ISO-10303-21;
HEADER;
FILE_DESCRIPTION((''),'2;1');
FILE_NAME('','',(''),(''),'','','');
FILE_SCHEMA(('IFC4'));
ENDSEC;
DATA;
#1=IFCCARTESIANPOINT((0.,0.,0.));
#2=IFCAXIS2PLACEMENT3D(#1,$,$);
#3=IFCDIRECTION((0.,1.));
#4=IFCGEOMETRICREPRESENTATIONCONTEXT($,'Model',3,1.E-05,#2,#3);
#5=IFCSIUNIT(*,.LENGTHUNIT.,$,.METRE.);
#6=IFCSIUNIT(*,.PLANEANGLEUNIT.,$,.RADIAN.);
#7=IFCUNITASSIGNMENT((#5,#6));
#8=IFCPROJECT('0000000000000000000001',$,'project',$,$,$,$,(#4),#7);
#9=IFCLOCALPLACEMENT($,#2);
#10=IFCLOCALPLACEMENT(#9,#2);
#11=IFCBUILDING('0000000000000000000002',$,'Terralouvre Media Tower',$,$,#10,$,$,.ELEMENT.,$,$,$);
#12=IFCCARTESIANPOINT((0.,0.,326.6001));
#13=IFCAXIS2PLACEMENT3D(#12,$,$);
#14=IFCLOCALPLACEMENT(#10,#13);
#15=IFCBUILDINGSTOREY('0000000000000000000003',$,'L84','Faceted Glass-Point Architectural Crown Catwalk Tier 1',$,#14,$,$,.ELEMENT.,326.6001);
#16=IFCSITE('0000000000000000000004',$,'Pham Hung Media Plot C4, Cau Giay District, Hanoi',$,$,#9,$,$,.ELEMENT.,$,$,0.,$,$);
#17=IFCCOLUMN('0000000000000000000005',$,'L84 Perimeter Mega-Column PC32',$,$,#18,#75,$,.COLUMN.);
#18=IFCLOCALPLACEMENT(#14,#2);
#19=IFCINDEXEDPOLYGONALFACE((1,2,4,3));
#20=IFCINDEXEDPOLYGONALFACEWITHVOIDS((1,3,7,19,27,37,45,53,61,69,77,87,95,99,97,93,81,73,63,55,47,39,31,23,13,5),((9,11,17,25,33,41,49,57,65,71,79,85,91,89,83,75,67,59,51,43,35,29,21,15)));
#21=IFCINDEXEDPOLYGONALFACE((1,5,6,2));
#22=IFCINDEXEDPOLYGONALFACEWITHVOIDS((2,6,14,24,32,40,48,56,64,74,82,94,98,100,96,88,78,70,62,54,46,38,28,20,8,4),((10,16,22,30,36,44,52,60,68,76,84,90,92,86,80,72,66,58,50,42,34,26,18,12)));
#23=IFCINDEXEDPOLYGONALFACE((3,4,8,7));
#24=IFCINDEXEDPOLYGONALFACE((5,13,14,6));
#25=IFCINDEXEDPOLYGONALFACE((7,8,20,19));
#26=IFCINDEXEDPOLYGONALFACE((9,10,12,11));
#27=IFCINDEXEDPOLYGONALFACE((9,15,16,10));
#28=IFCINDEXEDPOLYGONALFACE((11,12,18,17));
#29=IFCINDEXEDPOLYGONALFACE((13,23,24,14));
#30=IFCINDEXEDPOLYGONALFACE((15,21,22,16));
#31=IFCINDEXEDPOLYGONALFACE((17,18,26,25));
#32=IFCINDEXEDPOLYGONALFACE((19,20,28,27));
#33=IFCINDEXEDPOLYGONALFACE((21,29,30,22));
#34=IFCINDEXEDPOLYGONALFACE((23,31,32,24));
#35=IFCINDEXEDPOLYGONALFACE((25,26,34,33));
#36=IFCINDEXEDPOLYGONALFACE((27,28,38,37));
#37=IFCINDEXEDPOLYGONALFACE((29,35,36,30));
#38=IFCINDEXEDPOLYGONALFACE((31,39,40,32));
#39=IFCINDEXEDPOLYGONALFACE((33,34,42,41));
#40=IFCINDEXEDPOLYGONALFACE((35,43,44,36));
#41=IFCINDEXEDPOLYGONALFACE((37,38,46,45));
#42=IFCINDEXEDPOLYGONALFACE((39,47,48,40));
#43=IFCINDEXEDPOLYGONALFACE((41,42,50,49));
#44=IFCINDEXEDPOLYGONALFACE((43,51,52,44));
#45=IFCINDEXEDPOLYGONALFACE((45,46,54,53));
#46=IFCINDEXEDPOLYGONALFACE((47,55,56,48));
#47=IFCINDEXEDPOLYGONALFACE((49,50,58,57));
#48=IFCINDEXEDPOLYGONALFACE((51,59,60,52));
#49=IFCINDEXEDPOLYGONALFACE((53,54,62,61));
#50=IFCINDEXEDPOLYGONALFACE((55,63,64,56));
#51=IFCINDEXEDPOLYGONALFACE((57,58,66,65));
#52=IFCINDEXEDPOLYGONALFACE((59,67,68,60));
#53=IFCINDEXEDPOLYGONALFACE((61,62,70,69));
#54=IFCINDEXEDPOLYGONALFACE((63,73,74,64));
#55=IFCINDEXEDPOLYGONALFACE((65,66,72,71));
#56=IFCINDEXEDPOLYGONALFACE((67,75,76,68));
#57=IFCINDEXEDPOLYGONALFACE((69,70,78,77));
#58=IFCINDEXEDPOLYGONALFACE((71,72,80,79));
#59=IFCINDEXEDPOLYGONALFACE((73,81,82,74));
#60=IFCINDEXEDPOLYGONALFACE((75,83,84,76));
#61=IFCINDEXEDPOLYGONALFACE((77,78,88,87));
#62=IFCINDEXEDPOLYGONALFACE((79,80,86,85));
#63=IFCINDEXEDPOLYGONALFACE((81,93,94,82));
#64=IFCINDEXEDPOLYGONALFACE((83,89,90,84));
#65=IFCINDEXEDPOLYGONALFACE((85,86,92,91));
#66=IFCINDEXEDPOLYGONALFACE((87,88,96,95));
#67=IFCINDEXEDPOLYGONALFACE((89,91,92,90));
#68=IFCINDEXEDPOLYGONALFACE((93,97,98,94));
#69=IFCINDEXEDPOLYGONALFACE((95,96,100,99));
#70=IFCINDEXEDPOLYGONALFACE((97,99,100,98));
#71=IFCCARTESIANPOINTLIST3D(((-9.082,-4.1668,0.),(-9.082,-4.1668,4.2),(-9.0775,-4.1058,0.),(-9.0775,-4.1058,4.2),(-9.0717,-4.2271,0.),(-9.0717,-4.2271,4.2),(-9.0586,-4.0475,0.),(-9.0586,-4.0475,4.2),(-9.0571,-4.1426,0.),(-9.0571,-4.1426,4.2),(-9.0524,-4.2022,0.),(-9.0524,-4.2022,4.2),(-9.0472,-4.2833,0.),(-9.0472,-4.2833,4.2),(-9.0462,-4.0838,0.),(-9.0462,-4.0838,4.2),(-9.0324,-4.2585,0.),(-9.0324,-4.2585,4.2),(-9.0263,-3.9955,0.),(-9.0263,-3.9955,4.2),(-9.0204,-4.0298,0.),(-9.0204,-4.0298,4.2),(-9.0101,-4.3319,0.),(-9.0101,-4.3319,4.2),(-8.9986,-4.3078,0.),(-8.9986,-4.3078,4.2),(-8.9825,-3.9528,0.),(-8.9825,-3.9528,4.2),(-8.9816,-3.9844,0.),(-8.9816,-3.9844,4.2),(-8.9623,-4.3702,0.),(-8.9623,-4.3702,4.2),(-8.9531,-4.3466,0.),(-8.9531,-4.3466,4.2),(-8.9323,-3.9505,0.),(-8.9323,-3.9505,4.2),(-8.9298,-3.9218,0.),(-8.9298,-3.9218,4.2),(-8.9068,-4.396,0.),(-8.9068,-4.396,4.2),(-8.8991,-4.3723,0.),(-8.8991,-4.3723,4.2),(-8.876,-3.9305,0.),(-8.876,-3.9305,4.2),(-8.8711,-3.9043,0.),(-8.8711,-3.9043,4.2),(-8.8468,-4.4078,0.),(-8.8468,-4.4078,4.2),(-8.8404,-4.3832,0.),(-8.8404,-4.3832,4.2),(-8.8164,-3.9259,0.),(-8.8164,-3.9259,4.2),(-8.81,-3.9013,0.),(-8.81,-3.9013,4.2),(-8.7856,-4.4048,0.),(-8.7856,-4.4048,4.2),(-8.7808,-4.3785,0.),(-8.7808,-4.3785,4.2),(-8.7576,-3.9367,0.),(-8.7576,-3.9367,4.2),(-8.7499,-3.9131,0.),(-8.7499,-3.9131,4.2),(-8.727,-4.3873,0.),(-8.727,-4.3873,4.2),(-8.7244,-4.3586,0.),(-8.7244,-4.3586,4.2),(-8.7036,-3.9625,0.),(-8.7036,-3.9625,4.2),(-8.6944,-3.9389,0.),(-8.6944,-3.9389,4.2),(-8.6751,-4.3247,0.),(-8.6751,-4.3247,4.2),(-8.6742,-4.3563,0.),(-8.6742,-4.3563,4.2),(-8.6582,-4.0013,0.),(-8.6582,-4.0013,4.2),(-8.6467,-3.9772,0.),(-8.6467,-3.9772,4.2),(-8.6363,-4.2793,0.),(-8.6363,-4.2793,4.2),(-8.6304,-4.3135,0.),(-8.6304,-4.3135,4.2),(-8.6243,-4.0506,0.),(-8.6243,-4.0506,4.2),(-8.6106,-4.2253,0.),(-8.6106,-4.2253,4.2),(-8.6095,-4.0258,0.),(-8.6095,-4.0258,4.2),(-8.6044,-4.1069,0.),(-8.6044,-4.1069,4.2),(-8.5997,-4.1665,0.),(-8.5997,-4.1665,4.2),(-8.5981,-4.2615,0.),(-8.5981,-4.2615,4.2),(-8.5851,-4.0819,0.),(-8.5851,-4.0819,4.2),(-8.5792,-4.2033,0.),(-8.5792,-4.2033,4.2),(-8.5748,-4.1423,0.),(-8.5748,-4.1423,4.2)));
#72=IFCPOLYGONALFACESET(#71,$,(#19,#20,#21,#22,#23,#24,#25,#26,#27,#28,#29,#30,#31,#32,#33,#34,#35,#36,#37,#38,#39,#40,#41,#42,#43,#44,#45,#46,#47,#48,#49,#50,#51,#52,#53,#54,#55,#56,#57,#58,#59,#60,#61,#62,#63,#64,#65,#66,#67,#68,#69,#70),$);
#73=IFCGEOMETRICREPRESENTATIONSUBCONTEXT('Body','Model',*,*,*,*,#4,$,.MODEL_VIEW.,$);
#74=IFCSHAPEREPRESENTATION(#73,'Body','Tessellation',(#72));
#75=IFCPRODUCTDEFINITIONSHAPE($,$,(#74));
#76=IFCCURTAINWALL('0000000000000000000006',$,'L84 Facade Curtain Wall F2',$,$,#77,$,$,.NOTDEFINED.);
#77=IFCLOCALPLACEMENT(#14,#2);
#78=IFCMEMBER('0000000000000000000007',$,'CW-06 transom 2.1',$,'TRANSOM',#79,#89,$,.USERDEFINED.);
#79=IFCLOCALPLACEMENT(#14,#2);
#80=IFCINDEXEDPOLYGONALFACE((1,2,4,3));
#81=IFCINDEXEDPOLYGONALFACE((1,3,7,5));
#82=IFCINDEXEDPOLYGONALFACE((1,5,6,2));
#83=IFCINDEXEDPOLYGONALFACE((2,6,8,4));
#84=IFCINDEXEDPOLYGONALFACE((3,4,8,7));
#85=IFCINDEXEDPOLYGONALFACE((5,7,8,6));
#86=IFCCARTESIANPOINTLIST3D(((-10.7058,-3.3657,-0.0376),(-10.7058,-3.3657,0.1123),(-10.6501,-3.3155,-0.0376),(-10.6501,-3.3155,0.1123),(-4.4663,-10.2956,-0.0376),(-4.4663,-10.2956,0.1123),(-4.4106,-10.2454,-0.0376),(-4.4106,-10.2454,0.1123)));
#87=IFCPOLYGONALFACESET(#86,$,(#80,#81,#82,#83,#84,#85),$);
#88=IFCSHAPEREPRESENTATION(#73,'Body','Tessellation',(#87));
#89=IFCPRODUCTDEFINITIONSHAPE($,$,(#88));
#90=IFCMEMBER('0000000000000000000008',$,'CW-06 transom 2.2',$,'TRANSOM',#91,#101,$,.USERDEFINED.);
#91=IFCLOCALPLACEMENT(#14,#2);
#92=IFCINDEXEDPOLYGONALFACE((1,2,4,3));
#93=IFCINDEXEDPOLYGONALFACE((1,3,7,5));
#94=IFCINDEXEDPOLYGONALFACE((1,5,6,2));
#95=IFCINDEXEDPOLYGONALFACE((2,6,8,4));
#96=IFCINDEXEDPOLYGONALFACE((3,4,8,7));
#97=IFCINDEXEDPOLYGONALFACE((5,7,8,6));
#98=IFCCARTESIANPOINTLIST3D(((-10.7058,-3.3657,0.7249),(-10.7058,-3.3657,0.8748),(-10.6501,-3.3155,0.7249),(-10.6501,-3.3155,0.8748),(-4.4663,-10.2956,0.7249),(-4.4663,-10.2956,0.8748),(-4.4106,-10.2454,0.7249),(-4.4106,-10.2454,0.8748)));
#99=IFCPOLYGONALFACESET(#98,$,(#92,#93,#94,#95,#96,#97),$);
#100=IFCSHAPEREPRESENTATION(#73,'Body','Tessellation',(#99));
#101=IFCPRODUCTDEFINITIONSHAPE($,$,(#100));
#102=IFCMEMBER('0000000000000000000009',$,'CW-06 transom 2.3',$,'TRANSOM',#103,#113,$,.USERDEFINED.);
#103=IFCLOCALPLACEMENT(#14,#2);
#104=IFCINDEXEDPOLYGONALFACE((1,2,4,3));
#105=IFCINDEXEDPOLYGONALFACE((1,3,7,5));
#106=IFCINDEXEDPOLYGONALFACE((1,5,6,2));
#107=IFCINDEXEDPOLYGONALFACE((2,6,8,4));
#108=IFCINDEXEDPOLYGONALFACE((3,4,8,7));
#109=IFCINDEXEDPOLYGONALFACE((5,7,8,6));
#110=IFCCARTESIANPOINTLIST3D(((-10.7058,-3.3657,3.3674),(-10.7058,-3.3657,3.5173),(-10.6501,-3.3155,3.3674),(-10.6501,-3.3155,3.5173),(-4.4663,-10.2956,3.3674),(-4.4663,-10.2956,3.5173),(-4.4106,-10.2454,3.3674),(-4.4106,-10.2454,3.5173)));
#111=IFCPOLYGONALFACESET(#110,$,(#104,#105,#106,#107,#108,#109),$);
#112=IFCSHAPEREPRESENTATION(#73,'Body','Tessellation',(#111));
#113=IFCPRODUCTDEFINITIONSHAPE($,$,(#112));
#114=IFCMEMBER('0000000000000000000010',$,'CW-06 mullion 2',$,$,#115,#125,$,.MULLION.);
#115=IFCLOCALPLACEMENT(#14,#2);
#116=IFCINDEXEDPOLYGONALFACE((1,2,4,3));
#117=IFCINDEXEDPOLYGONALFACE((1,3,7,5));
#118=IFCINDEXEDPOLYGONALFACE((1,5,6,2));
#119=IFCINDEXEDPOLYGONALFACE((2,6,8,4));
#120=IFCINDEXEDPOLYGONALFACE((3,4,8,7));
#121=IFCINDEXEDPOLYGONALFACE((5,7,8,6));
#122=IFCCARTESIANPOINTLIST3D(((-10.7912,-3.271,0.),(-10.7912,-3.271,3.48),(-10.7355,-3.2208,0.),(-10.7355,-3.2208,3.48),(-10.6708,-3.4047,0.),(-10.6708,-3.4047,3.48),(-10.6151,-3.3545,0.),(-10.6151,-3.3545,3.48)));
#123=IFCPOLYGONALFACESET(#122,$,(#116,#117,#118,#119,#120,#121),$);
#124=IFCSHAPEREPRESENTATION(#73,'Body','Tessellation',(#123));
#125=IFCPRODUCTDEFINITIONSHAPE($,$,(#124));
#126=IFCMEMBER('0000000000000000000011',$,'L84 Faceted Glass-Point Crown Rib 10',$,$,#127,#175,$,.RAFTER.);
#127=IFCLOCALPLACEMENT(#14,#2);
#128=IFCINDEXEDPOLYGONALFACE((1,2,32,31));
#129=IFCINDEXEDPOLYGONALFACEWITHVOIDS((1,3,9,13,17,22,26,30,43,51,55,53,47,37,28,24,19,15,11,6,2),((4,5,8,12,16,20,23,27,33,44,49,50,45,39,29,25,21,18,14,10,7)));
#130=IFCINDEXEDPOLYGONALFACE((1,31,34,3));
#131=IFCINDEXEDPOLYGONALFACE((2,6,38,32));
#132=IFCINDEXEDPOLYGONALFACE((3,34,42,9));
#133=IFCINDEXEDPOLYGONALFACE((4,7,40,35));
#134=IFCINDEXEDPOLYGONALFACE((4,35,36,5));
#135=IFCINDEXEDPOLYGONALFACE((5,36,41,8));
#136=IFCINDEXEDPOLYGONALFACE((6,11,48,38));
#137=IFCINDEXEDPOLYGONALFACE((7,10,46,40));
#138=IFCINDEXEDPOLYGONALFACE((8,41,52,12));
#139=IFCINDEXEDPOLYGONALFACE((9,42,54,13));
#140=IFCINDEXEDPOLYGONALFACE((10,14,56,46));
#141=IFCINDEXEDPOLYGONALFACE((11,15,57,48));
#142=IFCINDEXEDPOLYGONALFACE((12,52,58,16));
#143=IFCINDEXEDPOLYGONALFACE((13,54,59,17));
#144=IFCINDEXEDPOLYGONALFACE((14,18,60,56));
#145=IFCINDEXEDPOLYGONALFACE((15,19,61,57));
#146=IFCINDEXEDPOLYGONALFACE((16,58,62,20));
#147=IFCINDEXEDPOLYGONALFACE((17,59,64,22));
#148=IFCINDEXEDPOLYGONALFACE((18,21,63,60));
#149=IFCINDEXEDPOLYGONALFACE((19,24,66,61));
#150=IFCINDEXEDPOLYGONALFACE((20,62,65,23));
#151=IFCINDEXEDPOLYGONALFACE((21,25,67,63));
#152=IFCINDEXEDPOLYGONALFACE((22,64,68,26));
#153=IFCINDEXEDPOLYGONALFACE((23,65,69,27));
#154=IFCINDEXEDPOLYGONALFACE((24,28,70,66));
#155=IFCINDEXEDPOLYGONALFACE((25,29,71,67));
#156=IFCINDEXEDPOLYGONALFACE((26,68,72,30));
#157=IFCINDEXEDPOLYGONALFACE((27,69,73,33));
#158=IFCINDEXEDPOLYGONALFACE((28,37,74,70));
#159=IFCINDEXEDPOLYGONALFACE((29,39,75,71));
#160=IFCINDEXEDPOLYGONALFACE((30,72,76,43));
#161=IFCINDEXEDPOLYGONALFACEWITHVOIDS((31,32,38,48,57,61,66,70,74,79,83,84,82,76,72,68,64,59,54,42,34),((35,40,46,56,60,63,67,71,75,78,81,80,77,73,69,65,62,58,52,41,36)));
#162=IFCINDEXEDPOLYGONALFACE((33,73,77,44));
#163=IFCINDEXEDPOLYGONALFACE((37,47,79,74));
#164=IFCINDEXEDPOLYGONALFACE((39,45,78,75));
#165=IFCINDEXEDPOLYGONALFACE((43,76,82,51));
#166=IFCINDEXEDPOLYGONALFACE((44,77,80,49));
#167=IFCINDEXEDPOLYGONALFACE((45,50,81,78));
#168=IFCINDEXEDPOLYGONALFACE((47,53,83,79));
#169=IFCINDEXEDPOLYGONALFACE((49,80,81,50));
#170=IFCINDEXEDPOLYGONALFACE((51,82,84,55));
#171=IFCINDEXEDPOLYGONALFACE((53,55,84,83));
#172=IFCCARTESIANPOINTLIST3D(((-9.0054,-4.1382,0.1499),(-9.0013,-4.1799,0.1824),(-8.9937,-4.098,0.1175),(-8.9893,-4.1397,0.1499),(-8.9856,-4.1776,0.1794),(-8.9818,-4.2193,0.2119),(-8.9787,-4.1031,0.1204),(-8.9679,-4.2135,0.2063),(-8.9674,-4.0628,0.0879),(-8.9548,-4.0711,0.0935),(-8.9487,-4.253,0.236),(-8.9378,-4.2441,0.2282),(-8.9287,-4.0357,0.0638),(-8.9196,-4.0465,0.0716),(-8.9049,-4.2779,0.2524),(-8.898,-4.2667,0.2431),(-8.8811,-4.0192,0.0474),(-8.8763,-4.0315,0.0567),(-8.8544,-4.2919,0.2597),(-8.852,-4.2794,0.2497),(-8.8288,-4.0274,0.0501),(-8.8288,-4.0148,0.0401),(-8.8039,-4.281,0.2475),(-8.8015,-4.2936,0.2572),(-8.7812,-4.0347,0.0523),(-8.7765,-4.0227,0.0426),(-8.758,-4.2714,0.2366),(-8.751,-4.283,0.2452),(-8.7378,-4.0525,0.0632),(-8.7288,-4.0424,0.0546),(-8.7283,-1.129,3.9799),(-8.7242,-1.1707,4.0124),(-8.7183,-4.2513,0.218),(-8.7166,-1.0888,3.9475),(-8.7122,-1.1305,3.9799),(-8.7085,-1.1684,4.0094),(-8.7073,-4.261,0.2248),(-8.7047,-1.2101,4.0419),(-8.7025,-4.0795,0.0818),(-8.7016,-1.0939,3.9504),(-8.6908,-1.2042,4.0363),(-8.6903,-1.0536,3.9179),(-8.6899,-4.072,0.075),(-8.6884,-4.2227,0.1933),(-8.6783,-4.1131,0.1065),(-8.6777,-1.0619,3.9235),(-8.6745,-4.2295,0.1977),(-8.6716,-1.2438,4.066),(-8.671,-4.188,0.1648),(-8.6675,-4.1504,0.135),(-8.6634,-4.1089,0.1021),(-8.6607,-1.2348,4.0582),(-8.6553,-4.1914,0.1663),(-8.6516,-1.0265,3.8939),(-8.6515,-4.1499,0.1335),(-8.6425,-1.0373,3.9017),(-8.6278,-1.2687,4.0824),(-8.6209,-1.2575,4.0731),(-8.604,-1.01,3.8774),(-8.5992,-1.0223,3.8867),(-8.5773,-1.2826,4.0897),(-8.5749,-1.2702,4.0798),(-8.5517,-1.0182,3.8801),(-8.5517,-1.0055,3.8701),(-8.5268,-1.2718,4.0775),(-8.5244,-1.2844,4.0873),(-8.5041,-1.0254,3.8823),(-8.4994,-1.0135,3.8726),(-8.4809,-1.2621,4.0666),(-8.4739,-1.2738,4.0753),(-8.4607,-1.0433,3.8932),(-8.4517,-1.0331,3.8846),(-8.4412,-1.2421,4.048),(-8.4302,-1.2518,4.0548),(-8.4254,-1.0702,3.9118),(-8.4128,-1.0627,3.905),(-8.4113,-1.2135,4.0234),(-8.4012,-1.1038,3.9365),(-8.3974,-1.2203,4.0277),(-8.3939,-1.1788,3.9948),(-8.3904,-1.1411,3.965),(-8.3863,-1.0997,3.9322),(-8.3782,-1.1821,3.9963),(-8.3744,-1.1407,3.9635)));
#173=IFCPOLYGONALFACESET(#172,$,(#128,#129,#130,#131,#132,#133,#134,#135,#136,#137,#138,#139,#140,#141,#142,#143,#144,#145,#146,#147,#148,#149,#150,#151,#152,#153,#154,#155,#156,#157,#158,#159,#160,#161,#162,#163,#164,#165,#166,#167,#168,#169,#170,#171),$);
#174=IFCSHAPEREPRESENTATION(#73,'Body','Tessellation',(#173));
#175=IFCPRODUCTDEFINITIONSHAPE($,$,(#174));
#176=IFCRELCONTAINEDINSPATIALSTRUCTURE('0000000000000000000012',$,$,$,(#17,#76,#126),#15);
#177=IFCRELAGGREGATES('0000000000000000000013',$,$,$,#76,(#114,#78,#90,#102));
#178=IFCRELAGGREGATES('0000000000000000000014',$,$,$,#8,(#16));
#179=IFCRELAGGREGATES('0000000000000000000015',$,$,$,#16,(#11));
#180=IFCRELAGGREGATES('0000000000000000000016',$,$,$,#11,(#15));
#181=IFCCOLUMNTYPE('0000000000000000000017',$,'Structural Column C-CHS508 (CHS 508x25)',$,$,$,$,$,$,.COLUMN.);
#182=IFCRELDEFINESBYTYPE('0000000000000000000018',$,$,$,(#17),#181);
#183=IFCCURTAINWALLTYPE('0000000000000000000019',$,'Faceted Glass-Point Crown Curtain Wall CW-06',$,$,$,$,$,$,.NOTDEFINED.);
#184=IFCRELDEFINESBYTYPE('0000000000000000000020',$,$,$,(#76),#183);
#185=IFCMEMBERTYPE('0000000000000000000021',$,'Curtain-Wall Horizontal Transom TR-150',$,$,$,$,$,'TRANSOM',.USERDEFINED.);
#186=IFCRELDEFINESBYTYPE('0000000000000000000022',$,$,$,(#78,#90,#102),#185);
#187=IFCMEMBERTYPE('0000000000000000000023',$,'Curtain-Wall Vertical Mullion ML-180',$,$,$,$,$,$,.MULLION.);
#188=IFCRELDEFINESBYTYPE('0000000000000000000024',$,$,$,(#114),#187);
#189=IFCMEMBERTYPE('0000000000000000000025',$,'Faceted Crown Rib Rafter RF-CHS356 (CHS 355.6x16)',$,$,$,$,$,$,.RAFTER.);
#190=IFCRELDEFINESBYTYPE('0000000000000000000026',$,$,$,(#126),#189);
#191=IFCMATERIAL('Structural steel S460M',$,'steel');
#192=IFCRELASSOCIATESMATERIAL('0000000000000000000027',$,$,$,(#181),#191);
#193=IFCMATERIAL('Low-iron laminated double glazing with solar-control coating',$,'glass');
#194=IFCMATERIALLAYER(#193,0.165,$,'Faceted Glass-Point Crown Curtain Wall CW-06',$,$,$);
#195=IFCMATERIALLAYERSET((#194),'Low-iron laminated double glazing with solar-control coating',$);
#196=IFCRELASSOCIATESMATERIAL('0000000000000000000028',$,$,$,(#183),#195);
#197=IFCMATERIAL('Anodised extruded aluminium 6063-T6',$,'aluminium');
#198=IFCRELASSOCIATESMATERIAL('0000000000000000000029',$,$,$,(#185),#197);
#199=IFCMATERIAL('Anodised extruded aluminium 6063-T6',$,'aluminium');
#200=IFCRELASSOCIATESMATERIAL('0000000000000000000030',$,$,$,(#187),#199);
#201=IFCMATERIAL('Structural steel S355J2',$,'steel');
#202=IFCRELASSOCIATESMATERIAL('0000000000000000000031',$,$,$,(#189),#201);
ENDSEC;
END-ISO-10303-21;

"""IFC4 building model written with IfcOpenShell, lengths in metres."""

from ifc_helpers import new_model, si_unit, direction, frame, origin, origin_2d, place, context, subcontext, project, spatial, rectangle, hollow_circle, extrude, material, layer, layer_set, material_profile, profile_set, type_object, element, aggregate, save


model = new_model("IFC4")

# Units and contexts
model_context = context("Model", 3, precision=1e-05, world=origin(), true_north=direction((0.0, 1.0)))
body_context = subcontext(model_context, "Body", "Model", "MODEL_VIEW")
ifc_project = project(units=[si_unit("LENGTHUNIT", "METRE"), si_unit("PLANEANGLEUNIT", "RADIAN")], contexts=[model_context])

# Site, building, storey
site_placement = place(None, origin())
site = spatial("IfcSite", under=ifc_project, at=site_placement, Name="Pham Hung Media Plot C4, Cau Giay District, Hanoi", CompositionType="ELEMENT", RefElevation=0.0)
building_placement = place(site_placement, origin())
building = spatial("IfcBuilding", under=site, at=building_placement, Name="Terralouvre Media Tower", CompositionType="ELEMENT")
storey_placement = place(building_placement, frame((0.0, 0.0, 326.6001)))
storey = spatial("IfcBuildingStorey", under=building, at=storey_placement, Name="L84", Description="Faceted Glass-Point Architectural Crown Catwalk Tier 1", CompositionType="ELEMENT", Elevation=326.6001)

# Column
ifc_material_1 = material(Name="Structural steel S460M", Category="steel")
ifc_material_profile_1 = material_profile(ifc_material_1, hollow_circle(Radius=0.2539, WallThickness=0.0249, at=origin_2d()), Name="CHS 508x25")
ifc_profile_set_1 = profile_set([ifc_material_profile_1], Name="Structural steel S460M")
column_type = type_object("IfcColumnType", Name="Structural Column C-CHS508 (CHS 508x25)", PredefinedType="COLUMN", material=ifc_profile_set_1)
column_placement = place(storey_placement, frame((-8.8284, -4.1545, 0.0), z_axis=(0.0, 0.0, 1.0), x_axis=(0.309017, 0.951057, 0.0)))
element("IfcColumn", 1, at=column_placement, inside=storey, type_object=column_type, Name="L84 Perimeter Mega-Column PC32", PredefinedType="COLUMN", context=body_context, shape_type="SweptSolid", body=[
    extrude(hollow_circle(Radius=0.2539, WallThickness=0.0249, at=origin_2d()), origin(), (0.0, 0.0, 1.0), 4.2),
])

# Curtain wall, members
ifc_material_2 = material(Name="Low-iron laminated double glazing with solar-control coating", Category="glass")
ifc_layer_1 = layer(ifc_material_2, 0.165, Name="Faceted Glass-Point Crown Curtain Wall CW-06")
ifc_layer_set_1 = layer_set([ifc_layer_1], Name="Low-iron laminated double glazing with solar-control coating")
curtain_wall_type = type_object("IfcCurtainWallType", Name="Faceted Glass-Point Crown Curtain Wall CW-06", PredefinedType="NOTDEFINED", material=ifc_layer_set_1)
curtain_wall_placement = place(storey_placement, origin())
curtain_wall = element("IfcCurtainWall", 2, at=curtain_wall_placement, inside=storey, type_object=curtain_wall_type, Name="L84 Facade Curtain Wall F2", PredefinedType="NOTDEFINED")
ifc_material_3 = material(Name="Anodised extruded aluminium 6063-T6", Category="aluminium")
ifc_material_profile_2 = material_profile(ifc_material_3, rectangle(XDim=0.075, YDim=0.1499, at=origin_2d()), Name="ALU 75x150")
ifc_profile_set_2 = profile_set([ifc_material_profile_2], Name="Anodised extruded aluminium 6063-T6")
member_type_1 = type_object("IfcMemberType", Name="Curtain-Wall Horizontal Transom TR-150", ElementType="TRANSOM", PredefinedType="USERDEFINED", material=ifc_profile_set_2)
member_1_placement = place(storey_placement, frame((-10.678, -3.3406, 0.0374), z_axis=(0.669117, -0.743157, 0.0), x_axis=(0.743157, 0.669117, 0.0)))
member_1 = element("IfcMember", 3, at=member_1_placement, type_object=member_type_1, Name="CW-06 transom 2.1", ObjectType="TRANSOM", PredefinedType="USERDEFINED", context=body_context, shape_type="SweptSolid", body=[
    extrude(rectangle(XDim=0.075, YDim=0.1499, at=origin_2d()), origin(), (0.0, 0.0, 1.0), 9.325),
])
member_2_placement = place(storey_placement, frame((-10.678, -3.3406, 0.7998), z_axis=(0.669117, -0.743157, 0.0), x_axis=(0.743157, 0.669117, 0.0)))
member_2 = element("IfcMember", 4, at=member_2_placement, type_object=member_type_1, Name="CW-06 transom 2.2", ObjectType="TRANSOM", PredefinedType="USERDEFINED", context=body_context, shape_type="SweptSolid", body=[
    extrude(rectangle(XDim=0.075, YDim=0.1499, at=origin_2d()), origin(), (0.0, 0.0, 1.0), 9.325),
])
member_3_placement = place(storey_placement, frame((-10.678, -3.3406, 3.4424), z_axis=(0.669117, -0.743157, 0.0), x_axis=(0.743157, 0.669117, 0.0)))
member_3 = element("IfcMember", 5, at=member_3_placement, type_object=member_type_1, Name="CW-06 transom 2.3", ObjectType="TRANSOM", PredefinedType="USERDEFINED", context=body_context, shape_type="SweptSolid", body=[
    extrude(rectangle(XDim=0.075, YDim=0.1499, at=origin_2d()), origin(), (0.0, 0.0, 1.0), 9.325),
])
ifc_material_4 = material(Name="Anodised extruded aluminium 6063-T6", Category="aluminium")
ifc_material_profile_3 = material_profile(ifc_material_4, rectangle(XDim=0.075, YDim=0.1799, at=origin_2d()), Name="ALU 75x180")
ifc_profile_set_3 = profile_set([ifc_material_profile_3], Name="Anodised extruded aluminium 6063-T6")
member_type_2 = type_object("IfcMemberType", Name="Curtain-Wall Vertical Mullion ML-180", PredefinedType="MULLION", material=ifc_profile_set_3)
member_4_placement = place(storey_placement, frame((-10.7031, -3.3127, 0.0), z_axis=(0.0, 0.0, 1.0), x_axis=(0.743145, 0.66913, 0.0)))
member_4 = element("IfcMember", 6, at=member_4_placement, type_object=member_type_2, Name="CW-06 mullion 2", PredefinedType="MULLION", context=body_context, shape_type="SweptSolid", body=[
    extrude(rectangle(XDim=0.075, YDim=0.1799, at=origin_2d()), origin(), (0.0, 0.0, 1.0), 3.48),
])
aggregate(curtain_wall, [member_4, member_1, member_2, member_3])

# Member
ifc_material_5 = material(Name="Structural steel S355J2", Category="steel")
ifc_material_profile_4 = material_profile(ifc_material_5, hollow_circle(Radius=0.1777, WallThickness=0.0161, at=origin_2d()), Name="CHS 355.6x16")
ifc_profile_set_4 = profile_set([ifc_material_profile_4], Name="Structural steel S355J2")
member_type_3 = type_object("IfcMemberType", Name="Faceted Crown Rib Rafter RF-CHS356 (CHS 355.6x16)", PredefinedType="RAFTER", material=ifc_profile_set_4)
member_5_placement = place(storey_placement, frame((-8.8284, -4.1545, 0.1499), z_axis=(0.056797, 0.616815, 0.785056), x_axis=(-0.995787, 0.091694, 0.0)))
element("IfcMember", 7, at=member_5_placement, inside=storey, type_object=member_type_3, Name="L84 Faceted Glass-Point Crown Rib 10", PredefinedType="RAFTER", context=body_context, shape_type="SweptSolid", body=[
    extrude(hollow_circle(Radius=0.1777, WallThickness=0.0161, at=origin_2d()), origin(), (0.0, 0.0, 1.0), 4.8787),
])

save(model, "model.ifc")
